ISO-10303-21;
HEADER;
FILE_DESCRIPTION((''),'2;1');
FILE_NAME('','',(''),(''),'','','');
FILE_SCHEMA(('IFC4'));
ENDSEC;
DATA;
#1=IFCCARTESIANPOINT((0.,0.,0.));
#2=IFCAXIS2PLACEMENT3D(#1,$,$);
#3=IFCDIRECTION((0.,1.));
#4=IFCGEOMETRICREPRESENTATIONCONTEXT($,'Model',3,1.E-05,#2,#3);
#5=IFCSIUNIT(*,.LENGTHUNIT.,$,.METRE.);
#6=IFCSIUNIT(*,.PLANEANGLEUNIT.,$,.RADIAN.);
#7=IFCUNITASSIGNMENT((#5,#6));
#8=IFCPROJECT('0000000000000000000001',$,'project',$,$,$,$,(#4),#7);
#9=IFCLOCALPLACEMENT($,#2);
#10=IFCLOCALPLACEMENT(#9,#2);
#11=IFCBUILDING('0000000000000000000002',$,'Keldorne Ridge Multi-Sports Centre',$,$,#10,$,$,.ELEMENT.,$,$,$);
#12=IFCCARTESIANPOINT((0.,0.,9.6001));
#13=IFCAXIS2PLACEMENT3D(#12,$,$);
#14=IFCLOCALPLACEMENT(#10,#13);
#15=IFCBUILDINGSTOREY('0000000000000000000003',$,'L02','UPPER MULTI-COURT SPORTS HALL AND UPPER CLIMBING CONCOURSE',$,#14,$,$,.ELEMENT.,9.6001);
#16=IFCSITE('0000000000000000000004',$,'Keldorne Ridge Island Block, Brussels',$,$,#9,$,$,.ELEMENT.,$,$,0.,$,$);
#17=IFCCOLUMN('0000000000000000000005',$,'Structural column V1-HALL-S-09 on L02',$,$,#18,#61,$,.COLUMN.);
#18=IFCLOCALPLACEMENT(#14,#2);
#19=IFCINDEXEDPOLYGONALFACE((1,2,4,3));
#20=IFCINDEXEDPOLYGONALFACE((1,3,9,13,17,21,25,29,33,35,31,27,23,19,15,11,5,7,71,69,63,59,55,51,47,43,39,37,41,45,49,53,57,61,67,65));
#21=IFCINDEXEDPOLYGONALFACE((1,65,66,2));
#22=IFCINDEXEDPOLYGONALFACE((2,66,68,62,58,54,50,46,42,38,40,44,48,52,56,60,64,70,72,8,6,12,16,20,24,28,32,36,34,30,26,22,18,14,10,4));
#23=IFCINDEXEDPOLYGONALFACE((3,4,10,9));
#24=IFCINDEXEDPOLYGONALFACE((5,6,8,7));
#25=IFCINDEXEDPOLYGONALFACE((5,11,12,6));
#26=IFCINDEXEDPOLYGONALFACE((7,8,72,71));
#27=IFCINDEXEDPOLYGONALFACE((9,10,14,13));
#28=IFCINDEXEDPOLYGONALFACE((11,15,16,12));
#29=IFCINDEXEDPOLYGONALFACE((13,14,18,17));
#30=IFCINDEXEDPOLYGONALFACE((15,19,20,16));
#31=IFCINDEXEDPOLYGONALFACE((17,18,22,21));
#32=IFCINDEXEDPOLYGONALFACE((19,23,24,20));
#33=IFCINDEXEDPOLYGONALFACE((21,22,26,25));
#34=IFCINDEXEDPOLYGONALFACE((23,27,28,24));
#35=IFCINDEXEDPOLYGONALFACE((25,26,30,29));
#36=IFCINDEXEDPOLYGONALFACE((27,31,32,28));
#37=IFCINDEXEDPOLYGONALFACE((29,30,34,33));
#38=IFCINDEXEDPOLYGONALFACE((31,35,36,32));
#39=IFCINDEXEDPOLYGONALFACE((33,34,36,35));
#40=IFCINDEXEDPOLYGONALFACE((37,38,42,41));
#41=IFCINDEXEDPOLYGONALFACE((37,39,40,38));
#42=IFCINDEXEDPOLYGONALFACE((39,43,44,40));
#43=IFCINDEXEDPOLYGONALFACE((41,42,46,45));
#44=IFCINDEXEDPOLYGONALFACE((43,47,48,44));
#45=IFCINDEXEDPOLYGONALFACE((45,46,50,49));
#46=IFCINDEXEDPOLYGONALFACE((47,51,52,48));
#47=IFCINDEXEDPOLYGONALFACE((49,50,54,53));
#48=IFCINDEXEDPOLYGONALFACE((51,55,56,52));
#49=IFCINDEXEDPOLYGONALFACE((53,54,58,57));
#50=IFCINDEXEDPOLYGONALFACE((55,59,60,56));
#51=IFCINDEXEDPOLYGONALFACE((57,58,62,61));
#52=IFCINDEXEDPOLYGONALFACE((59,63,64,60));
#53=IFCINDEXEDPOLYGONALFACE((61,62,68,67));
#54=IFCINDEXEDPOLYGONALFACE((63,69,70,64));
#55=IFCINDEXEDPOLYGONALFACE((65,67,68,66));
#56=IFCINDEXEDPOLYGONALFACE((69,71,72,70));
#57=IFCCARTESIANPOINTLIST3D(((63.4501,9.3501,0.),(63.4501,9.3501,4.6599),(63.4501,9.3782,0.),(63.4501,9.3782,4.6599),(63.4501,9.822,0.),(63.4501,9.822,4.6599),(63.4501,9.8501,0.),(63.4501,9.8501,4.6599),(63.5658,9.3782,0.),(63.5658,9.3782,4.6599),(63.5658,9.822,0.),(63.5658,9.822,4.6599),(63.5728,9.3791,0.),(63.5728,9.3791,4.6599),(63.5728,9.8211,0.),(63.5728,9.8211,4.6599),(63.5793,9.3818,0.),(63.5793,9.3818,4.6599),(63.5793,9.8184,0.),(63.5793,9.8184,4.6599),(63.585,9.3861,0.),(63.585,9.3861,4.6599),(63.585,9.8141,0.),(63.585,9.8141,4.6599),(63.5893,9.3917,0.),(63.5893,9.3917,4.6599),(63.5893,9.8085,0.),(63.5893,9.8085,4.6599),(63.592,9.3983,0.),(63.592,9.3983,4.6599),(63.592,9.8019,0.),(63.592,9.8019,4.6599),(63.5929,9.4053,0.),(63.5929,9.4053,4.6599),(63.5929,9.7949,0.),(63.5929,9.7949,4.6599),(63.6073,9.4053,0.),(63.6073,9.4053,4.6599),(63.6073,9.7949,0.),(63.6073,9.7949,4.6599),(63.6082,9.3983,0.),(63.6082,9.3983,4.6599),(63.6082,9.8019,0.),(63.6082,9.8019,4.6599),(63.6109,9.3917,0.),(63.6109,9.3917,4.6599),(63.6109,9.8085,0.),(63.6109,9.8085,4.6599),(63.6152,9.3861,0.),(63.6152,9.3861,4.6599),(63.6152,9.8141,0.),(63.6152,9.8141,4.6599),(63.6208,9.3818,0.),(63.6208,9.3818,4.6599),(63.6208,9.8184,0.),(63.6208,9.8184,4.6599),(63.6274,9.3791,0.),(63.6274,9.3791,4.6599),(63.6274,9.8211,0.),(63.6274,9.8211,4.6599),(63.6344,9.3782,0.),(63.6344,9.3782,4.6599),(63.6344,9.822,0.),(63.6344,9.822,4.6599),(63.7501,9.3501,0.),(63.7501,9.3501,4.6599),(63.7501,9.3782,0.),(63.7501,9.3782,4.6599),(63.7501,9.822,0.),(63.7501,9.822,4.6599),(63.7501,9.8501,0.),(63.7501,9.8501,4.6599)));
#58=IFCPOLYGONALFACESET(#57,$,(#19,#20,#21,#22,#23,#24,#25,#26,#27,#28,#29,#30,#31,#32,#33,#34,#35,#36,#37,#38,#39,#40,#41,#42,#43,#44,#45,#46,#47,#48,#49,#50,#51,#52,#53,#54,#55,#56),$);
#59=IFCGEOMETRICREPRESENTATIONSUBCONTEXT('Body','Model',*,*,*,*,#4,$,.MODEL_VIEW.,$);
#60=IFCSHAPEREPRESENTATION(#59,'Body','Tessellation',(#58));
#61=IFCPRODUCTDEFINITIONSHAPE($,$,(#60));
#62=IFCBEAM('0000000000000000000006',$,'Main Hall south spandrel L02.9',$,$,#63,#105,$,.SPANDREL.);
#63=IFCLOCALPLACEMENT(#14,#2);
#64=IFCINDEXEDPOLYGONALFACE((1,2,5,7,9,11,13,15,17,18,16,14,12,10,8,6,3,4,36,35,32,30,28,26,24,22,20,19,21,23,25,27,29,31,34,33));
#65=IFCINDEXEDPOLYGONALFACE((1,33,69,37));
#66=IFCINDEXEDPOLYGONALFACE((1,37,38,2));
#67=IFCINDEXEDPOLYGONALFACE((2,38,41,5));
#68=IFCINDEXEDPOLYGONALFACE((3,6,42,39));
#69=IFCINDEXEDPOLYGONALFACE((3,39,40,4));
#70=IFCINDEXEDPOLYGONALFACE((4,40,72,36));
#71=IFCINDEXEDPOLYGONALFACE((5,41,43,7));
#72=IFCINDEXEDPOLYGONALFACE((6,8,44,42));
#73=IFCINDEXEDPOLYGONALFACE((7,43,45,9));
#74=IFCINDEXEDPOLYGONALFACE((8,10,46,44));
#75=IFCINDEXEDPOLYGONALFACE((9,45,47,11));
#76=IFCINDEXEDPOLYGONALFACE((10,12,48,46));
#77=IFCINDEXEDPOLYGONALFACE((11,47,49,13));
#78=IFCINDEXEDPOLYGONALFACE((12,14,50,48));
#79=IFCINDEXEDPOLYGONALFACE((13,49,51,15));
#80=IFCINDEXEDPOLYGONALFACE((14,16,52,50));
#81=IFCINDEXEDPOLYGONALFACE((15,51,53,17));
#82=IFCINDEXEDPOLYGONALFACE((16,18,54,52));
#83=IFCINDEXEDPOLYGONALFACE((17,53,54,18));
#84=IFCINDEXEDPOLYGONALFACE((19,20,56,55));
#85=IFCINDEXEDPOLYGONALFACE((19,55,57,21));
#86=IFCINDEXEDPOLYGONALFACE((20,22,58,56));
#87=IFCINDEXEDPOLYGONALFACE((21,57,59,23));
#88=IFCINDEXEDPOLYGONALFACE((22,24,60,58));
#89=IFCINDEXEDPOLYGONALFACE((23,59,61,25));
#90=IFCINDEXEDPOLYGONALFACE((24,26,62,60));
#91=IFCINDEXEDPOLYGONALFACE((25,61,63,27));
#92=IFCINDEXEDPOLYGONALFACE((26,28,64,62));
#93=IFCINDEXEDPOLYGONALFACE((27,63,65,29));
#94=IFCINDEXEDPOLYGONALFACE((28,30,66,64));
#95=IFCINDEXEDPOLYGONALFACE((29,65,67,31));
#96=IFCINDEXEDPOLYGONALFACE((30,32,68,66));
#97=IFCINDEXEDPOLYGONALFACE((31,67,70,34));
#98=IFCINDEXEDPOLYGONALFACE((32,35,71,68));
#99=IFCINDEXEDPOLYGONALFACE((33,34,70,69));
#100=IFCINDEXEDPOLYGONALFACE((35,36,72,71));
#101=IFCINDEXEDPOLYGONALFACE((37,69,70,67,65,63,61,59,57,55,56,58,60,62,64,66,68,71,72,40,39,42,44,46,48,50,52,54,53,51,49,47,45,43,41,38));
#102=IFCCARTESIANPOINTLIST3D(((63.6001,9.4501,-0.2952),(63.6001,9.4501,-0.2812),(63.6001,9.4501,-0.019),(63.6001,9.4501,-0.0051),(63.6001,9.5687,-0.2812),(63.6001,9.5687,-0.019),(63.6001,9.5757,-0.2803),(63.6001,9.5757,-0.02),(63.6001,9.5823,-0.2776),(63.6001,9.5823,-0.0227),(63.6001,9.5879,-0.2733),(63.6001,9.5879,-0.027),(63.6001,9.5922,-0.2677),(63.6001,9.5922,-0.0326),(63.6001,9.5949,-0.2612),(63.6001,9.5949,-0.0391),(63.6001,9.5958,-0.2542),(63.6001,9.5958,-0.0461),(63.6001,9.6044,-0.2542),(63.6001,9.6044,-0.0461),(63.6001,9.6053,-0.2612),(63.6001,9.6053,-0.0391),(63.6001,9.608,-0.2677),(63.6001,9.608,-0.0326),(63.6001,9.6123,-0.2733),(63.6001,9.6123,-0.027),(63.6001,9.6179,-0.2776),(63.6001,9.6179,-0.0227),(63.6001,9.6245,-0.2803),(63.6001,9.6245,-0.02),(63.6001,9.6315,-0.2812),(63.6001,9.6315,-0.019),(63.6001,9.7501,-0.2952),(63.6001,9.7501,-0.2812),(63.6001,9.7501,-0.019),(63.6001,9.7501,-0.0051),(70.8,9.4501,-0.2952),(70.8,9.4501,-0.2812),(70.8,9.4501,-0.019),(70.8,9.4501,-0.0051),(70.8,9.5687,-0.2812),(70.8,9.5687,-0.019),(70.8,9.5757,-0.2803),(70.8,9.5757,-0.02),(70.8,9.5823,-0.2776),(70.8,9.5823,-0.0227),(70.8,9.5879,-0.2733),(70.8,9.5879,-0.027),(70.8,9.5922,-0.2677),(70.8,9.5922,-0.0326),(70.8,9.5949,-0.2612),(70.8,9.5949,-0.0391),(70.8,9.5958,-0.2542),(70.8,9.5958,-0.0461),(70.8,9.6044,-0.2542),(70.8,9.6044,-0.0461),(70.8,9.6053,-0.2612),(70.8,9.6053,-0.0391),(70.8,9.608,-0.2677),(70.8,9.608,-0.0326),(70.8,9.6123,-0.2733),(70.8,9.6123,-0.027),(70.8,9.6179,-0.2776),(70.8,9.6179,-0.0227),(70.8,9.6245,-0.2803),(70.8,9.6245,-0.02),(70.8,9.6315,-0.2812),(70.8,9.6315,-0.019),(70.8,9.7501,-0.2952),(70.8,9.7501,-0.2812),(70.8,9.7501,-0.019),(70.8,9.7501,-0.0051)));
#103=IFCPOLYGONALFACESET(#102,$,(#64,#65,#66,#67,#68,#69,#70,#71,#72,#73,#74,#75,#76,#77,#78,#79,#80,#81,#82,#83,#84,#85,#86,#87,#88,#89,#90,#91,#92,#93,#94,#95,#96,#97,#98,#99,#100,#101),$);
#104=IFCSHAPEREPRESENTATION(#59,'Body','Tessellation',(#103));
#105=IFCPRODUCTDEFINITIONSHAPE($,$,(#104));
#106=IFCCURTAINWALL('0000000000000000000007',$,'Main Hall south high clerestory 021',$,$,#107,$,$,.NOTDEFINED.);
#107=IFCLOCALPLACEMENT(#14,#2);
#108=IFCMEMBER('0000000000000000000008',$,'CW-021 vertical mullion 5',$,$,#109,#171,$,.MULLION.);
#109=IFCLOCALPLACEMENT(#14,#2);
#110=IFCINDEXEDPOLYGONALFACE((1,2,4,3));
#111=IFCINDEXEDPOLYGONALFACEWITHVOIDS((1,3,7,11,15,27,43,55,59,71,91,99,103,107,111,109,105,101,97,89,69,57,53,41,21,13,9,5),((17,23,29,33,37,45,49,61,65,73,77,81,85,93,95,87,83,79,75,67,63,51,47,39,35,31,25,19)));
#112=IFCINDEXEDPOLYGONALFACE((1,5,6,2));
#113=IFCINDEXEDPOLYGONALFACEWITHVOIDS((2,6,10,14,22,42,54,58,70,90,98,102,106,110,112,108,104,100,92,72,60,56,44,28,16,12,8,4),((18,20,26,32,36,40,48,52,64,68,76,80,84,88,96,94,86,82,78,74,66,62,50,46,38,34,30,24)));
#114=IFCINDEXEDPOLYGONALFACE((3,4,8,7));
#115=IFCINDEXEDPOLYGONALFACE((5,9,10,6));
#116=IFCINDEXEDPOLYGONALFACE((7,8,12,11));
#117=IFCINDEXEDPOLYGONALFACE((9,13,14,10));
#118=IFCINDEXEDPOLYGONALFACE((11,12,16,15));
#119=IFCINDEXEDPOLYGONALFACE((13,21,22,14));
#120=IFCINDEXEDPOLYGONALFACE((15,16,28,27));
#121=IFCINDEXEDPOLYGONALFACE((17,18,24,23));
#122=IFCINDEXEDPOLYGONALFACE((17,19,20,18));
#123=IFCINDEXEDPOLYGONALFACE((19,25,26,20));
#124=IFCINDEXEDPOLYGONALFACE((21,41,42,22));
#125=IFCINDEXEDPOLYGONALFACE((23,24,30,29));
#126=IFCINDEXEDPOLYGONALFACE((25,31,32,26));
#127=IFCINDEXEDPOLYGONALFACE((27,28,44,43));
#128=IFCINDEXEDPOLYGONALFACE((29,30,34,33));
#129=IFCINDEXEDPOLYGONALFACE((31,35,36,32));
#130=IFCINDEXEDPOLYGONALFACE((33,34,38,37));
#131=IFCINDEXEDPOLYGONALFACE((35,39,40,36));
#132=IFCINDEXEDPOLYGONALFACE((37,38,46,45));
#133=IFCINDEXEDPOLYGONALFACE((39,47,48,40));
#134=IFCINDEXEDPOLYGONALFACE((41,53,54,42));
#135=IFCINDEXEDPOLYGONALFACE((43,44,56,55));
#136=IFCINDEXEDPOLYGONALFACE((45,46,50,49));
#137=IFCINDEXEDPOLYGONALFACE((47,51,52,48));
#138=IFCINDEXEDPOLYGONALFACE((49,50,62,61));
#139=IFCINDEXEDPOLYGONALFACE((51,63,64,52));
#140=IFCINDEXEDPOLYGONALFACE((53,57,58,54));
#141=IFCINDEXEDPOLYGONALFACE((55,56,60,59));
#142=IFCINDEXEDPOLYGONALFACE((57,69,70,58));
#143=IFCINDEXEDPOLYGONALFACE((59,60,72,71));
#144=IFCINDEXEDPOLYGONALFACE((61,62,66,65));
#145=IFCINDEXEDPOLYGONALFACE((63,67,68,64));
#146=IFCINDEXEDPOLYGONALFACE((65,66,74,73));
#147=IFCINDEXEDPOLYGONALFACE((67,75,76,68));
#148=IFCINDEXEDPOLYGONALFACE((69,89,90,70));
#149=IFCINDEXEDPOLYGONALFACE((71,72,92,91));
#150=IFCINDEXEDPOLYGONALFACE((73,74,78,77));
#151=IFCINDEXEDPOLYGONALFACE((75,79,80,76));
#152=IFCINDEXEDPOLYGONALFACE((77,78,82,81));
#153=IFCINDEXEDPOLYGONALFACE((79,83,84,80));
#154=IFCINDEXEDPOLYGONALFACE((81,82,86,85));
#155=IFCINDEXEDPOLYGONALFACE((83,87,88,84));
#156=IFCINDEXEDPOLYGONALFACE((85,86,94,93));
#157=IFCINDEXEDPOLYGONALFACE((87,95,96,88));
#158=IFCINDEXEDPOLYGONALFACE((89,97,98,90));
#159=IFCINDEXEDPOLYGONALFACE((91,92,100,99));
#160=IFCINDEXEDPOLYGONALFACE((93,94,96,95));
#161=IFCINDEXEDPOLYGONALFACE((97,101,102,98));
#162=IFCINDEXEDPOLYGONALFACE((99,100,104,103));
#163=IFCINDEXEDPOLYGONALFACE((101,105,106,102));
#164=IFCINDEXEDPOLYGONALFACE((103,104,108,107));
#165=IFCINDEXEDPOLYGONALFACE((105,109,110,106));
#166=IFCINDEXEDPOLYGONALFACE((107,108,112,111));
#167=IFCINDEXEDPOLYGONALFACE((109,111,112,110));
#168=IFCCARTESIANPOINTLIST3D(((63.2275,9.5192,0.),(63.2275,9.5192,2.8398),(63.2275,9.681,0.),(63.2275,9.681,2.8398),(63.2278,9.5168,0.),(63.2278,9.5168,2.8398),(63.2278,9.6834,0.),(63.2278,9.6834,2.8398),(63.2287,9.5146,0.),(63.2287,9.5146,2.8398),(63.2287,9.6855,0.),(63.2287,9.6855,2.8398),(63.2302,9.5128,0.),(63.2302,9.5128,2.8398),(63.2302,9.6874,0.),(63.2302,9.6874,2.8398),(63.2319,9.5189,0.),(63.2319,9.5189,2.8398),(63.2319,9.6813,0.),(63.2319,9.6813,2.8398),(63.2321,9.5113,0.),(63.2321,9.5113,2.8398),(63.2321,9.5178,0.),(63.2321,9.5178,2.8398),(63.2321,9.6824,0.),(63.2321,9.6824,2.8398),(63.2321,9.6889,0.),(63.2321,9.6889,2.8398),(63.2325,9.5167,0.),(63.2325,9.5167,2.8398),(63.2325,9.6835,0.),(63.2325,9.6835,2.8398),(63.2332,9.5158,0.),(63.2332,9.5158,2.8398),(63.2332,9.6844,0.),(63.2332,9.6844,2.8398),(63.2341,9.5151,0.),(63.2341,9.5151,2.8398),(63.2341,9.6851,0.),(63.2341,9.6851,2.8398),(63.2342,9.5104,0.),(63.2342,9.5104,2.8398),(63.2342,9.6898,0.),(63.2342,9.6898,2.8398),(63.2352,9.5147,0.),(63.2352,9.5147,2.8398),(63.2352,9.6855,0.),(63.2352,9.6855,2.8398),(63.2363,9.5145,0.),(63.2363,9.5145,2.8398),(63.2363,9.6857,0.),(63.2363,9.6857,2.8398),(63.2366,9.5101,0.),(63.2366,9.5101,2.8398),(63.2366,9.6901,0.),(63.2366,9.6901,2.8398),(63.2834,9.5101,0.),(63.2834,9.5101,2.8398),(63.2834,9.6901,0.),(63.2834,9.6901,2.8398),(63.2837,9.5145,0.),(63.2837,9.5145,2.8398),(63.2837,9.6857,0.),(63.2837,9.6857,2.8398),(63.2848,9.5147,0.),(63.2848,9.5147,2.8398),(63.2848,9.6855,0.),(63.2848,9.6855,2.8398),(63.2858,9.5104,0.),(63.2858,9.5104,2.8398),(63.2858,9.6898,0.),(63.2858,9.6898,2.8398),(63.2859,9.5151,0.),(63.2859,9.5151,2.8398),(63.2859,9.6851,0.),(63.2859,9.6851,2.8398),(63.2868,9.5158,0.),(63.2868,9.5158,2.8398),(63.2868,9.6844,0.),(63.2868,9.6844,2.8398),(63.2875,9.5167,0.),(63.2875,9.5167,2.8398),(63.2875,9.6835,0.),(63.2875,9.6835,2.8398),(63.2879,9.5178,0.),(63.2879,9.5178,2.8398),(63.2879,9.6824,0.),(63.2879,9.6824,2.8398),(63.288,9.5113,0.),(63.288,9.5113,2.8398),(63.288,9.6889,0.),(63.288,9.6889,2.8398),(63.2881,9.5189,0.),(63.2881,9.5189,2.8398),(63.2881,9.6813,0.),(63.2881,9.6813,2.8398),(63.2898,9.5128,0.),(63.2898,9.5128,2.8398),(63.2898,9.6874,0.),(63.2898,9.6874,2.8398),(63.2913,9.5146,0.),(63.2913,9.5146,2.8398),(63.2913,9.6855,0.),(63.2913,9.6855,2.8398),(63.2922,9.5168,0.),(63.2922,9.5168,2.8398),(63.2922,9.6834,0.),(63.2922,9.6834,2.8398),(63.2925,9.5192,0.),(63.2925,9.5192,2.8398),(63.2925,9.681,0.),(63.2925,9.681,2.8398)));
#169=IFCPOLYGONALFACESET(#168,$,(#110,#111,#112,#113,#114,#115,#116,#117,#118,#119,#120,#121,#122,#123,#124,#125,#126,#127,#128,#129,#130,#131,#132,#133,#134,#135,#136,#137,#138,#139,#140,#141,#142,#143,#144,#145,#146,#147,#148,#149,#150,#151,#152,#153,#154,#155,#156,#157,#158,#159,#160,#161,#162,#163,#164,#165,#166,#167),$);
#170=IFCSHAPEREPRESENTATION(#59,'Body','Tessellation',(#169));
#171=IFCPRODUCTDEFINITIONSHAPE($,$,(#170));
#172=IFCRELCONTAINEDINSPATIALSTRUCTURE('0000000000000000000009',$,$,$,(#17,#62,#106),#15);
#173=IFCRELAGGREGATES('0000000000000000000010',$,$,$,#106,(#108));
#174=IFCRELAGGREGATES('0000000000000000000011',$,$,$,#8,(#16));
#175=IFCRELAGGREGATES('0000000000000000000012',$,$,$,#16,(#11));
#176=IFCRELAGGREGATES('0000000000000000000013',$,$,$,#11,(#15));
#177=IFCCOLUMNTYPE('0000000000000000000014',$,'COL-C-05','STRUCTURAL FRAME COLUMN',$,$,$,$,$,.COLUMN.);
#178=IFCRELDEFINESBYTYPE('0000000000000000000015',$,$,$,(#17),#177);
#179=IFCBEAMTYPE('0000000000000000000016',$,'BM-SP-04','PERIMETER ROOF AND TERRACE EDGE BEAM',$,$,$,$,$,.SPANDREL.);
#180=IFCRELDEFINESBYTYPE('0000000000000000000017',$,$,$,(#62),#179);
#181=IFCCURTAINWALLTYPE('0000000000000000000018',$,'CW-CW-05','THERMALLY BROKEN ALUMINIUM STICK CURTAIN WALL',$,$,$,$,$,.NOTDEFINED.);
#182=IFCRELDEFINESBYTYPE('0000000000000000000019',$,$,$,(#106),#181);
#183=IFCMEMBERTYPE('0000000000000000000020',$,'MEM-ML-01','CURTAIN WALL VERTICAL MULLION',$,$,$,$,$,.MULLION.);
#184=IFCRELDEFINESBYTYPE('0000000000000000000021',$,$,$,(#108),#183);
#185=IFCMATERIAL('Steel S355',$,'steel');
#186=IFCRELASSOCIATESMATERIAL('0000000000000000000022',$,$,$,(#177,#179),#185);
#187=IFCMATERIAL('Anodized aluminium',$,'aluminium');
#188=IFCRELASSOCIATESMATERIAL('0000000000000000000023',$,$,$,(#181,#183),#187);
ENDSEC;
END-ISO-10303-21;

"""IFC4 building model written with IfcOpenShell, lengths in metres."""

from ifc_helpers import new_model, si_unit, direction, frame, origin, origin_2d, place, context, subcontext, project, spatial, hollow_rectangle, i_section, extrude, material, material_profile, profile_set, type_object, element, aggregate, save


model = new_model("IFC4")

# Units and contexts
model_context = context("Model", 3, precision=1e-05, world=origin(), true_north=direction((0.0, 1.0)))
body_context = subcontext(model_context, "Body", "Model", "MODEL_VIEW")
ifc_project = project(units=[si_unit("LENGTHUNIT", "METRE"), si_unit("PLANEANGLEUNIT", "RADIAN")], contexts=[model_context])

# Site, building, storey
site_placement = place(None, origin())
site = spatial("IfcSite", under=ifc_project, at=site_placement, Name="Keldorne Ridge Island Block, Brussels", CompositionType="ELEMENT", RefElevation=0.0)
building_placement = place(site_placement, origin())
building = spatial("IfcBuilding", under=site, at=building_placement, Name="Keldorne Ridge Multi-Sports Centre", CompositionType="ELEMENT")
storey_placement = place(building_placement, frame((0.0, 0.0, 9.6001)))
storey = spatial("IfcBuildingStorey", under=building, at=storey_placement, Name="L02", Description="UPPER MULTI-COURT SPORTS HALL AND UPPER CLIMBING CONCOURSE", CompositionType="ELEMENT", Elevation=9.6001)

# Column
ifc_material_1 = material(Name="Steel S355", Category="steel")
ifc_material_profile_1 = material_profile(ifc_material_1, i_section(OverallWidth=0.3, OverallDepth=0.5, WebThickness=0.0144, FlangeThickness=0.0281, FilletRadius=0.0271, at=origin_2d()), Name="HEB 500")
ifc_profile_set_1 = profile_set([ifc_material_profile_1], Name="Steel S355")
column_type = type_object("IfcColumnType", Name="COL-C-05", Description="STRUCTURAL FRAME COLUMN", PredefinedType="COLUMN", material=ifc_profile_set_1)
column_placement = place(storey_placement, frame((63.6001, 9.6001, 0.0), z_axis=(0.0, 0.0, 1.0), x_axis=(1.0, 0.0, 0.0)))
element("IfcColumn", 1, at=column_placement, inside=storey, type_object=column_type, Name="Structural column V1-HALL-S-09 on L02", PredefinedType="COLUMN", context=body_context, shape_type="SweptSolid", body=[
    extrude(i_section(OverallWidth=0.3, OverallDepth=0.5, WebThickness=0.0144, FlangeThickness=0.0281, FilletRadius=0.0271, at=origin_2d()), origin(), (0.0, 0.0, 1.0), 4.6599),
])

# Beam
ifc_material_profile_2 = material_profile(ifc_material_1, i_section(OverallWidth=0.3, OverallDepth=0.29, WebThickness=0.0085, FlangeThickness=0.0139, FilletRadius=0.0271, at=origin_2d()), Name="HEA 300")
ifc_profile_set_2 = profile_set([ifc_material_profile_2], Name="Steel S355")
beam_type = type_object("IfcBeamType", Name="BM-SP-04", Description="PERIMETER ROOF AND TERRACE EDGE BEAM", PredefinedType="SPANDREL", material=ifc_profile_set_2)
beam_placement = place(storey_placement, frame((63.6001, 9.6001, -0.1501), z_axis=(1.0, 0.0, 0.0), x_axis=(0.0, 1.0, 0.0)))
element("IfcBeam", 2, at=beam_placement, inside=storey, type_object=beam_type, Name="Main Hall south spandrel L02.9", PredefinedType="SPANDREL", context=body_context, shape_type="SweptSolid", body=[
    extrude(i_section(OverallWidth=0.3, OverallDepth=0.29, WebThickness=0.0085, FlangeThickness=0.0139, FilletRadius=0.0271, at=origin_2d()), origin(), (0.0, 0.0, 1.0), 7.2),
])

# Curtain wall, member
ifc_material_2 = material(Name="Anodized aluminium", Category="aluminium")
curtain_wall_type_1 = type_object("IfcCurtainWallType", Name="CW-CW-05", Description="THERMALLY BROKEN ALUMINIUM STICK CURTAIN WALL", PredefinedType="NOTDEFINED", material=ifc_material_2)
curtain_wall_1_placement = place(storey_placement, origin())
curtain_wall_1 = element("IfcCurtainWall", 3, at=curtain_wall_1_placement, inside=storey, type_object=curtain_wall_type_1, Name="Main Hall south high clerestory 021", PredefinedType="NOTDEFINED")
ifc_material_profile_3 = material_profile(ifc_material_2, hollow_rectangle(XDim=0.0649, YDim=0.1799, WallThickness=0.0044, InnerFilletRadius=0.0044, OuterFilletRadius=0.009, at=origin_2d()), Name="ALU MULLION 180x65x4.5")
ifc_profile_set_3 = profile_set([ifc_material_profile_3], Name="Anodized aluminium")
member_type_1 = type_object("IfcMemberType", Name="MEM-ML-01", Description="CURTAIN WALL VERTICAL MULLION", PredefinedType="MULLION", material=ifc_profile_set_3)
member_1_placement = place(storey_placement, frame((63.26, 9.6001, 0.0), z_axis=(0.0, 0.0, 1.0), x_axis=(1.0, 0.0, 0.0)))
member_1 = element("IfcMember", 4, at=member_1_placement, type_object=member_type_1, Name="CW-021 vertical mullion 5", PredefinedType="MULLION", context=body_context, shape_type="SweptSolid", body=[
    extrude(hollow_rectangle(XDim=0.0649, YDim=0.1799, WallThickness=0.0044, InnerFilletRadius=0.0044, OuterFilletRadius=0.009, at=origin_2d()), origin(), (0.0, 0.0, 1.0), 2.8398),
])

aggregate(curtain_wall_1, [member_1])

save(model, "model.ifc")
